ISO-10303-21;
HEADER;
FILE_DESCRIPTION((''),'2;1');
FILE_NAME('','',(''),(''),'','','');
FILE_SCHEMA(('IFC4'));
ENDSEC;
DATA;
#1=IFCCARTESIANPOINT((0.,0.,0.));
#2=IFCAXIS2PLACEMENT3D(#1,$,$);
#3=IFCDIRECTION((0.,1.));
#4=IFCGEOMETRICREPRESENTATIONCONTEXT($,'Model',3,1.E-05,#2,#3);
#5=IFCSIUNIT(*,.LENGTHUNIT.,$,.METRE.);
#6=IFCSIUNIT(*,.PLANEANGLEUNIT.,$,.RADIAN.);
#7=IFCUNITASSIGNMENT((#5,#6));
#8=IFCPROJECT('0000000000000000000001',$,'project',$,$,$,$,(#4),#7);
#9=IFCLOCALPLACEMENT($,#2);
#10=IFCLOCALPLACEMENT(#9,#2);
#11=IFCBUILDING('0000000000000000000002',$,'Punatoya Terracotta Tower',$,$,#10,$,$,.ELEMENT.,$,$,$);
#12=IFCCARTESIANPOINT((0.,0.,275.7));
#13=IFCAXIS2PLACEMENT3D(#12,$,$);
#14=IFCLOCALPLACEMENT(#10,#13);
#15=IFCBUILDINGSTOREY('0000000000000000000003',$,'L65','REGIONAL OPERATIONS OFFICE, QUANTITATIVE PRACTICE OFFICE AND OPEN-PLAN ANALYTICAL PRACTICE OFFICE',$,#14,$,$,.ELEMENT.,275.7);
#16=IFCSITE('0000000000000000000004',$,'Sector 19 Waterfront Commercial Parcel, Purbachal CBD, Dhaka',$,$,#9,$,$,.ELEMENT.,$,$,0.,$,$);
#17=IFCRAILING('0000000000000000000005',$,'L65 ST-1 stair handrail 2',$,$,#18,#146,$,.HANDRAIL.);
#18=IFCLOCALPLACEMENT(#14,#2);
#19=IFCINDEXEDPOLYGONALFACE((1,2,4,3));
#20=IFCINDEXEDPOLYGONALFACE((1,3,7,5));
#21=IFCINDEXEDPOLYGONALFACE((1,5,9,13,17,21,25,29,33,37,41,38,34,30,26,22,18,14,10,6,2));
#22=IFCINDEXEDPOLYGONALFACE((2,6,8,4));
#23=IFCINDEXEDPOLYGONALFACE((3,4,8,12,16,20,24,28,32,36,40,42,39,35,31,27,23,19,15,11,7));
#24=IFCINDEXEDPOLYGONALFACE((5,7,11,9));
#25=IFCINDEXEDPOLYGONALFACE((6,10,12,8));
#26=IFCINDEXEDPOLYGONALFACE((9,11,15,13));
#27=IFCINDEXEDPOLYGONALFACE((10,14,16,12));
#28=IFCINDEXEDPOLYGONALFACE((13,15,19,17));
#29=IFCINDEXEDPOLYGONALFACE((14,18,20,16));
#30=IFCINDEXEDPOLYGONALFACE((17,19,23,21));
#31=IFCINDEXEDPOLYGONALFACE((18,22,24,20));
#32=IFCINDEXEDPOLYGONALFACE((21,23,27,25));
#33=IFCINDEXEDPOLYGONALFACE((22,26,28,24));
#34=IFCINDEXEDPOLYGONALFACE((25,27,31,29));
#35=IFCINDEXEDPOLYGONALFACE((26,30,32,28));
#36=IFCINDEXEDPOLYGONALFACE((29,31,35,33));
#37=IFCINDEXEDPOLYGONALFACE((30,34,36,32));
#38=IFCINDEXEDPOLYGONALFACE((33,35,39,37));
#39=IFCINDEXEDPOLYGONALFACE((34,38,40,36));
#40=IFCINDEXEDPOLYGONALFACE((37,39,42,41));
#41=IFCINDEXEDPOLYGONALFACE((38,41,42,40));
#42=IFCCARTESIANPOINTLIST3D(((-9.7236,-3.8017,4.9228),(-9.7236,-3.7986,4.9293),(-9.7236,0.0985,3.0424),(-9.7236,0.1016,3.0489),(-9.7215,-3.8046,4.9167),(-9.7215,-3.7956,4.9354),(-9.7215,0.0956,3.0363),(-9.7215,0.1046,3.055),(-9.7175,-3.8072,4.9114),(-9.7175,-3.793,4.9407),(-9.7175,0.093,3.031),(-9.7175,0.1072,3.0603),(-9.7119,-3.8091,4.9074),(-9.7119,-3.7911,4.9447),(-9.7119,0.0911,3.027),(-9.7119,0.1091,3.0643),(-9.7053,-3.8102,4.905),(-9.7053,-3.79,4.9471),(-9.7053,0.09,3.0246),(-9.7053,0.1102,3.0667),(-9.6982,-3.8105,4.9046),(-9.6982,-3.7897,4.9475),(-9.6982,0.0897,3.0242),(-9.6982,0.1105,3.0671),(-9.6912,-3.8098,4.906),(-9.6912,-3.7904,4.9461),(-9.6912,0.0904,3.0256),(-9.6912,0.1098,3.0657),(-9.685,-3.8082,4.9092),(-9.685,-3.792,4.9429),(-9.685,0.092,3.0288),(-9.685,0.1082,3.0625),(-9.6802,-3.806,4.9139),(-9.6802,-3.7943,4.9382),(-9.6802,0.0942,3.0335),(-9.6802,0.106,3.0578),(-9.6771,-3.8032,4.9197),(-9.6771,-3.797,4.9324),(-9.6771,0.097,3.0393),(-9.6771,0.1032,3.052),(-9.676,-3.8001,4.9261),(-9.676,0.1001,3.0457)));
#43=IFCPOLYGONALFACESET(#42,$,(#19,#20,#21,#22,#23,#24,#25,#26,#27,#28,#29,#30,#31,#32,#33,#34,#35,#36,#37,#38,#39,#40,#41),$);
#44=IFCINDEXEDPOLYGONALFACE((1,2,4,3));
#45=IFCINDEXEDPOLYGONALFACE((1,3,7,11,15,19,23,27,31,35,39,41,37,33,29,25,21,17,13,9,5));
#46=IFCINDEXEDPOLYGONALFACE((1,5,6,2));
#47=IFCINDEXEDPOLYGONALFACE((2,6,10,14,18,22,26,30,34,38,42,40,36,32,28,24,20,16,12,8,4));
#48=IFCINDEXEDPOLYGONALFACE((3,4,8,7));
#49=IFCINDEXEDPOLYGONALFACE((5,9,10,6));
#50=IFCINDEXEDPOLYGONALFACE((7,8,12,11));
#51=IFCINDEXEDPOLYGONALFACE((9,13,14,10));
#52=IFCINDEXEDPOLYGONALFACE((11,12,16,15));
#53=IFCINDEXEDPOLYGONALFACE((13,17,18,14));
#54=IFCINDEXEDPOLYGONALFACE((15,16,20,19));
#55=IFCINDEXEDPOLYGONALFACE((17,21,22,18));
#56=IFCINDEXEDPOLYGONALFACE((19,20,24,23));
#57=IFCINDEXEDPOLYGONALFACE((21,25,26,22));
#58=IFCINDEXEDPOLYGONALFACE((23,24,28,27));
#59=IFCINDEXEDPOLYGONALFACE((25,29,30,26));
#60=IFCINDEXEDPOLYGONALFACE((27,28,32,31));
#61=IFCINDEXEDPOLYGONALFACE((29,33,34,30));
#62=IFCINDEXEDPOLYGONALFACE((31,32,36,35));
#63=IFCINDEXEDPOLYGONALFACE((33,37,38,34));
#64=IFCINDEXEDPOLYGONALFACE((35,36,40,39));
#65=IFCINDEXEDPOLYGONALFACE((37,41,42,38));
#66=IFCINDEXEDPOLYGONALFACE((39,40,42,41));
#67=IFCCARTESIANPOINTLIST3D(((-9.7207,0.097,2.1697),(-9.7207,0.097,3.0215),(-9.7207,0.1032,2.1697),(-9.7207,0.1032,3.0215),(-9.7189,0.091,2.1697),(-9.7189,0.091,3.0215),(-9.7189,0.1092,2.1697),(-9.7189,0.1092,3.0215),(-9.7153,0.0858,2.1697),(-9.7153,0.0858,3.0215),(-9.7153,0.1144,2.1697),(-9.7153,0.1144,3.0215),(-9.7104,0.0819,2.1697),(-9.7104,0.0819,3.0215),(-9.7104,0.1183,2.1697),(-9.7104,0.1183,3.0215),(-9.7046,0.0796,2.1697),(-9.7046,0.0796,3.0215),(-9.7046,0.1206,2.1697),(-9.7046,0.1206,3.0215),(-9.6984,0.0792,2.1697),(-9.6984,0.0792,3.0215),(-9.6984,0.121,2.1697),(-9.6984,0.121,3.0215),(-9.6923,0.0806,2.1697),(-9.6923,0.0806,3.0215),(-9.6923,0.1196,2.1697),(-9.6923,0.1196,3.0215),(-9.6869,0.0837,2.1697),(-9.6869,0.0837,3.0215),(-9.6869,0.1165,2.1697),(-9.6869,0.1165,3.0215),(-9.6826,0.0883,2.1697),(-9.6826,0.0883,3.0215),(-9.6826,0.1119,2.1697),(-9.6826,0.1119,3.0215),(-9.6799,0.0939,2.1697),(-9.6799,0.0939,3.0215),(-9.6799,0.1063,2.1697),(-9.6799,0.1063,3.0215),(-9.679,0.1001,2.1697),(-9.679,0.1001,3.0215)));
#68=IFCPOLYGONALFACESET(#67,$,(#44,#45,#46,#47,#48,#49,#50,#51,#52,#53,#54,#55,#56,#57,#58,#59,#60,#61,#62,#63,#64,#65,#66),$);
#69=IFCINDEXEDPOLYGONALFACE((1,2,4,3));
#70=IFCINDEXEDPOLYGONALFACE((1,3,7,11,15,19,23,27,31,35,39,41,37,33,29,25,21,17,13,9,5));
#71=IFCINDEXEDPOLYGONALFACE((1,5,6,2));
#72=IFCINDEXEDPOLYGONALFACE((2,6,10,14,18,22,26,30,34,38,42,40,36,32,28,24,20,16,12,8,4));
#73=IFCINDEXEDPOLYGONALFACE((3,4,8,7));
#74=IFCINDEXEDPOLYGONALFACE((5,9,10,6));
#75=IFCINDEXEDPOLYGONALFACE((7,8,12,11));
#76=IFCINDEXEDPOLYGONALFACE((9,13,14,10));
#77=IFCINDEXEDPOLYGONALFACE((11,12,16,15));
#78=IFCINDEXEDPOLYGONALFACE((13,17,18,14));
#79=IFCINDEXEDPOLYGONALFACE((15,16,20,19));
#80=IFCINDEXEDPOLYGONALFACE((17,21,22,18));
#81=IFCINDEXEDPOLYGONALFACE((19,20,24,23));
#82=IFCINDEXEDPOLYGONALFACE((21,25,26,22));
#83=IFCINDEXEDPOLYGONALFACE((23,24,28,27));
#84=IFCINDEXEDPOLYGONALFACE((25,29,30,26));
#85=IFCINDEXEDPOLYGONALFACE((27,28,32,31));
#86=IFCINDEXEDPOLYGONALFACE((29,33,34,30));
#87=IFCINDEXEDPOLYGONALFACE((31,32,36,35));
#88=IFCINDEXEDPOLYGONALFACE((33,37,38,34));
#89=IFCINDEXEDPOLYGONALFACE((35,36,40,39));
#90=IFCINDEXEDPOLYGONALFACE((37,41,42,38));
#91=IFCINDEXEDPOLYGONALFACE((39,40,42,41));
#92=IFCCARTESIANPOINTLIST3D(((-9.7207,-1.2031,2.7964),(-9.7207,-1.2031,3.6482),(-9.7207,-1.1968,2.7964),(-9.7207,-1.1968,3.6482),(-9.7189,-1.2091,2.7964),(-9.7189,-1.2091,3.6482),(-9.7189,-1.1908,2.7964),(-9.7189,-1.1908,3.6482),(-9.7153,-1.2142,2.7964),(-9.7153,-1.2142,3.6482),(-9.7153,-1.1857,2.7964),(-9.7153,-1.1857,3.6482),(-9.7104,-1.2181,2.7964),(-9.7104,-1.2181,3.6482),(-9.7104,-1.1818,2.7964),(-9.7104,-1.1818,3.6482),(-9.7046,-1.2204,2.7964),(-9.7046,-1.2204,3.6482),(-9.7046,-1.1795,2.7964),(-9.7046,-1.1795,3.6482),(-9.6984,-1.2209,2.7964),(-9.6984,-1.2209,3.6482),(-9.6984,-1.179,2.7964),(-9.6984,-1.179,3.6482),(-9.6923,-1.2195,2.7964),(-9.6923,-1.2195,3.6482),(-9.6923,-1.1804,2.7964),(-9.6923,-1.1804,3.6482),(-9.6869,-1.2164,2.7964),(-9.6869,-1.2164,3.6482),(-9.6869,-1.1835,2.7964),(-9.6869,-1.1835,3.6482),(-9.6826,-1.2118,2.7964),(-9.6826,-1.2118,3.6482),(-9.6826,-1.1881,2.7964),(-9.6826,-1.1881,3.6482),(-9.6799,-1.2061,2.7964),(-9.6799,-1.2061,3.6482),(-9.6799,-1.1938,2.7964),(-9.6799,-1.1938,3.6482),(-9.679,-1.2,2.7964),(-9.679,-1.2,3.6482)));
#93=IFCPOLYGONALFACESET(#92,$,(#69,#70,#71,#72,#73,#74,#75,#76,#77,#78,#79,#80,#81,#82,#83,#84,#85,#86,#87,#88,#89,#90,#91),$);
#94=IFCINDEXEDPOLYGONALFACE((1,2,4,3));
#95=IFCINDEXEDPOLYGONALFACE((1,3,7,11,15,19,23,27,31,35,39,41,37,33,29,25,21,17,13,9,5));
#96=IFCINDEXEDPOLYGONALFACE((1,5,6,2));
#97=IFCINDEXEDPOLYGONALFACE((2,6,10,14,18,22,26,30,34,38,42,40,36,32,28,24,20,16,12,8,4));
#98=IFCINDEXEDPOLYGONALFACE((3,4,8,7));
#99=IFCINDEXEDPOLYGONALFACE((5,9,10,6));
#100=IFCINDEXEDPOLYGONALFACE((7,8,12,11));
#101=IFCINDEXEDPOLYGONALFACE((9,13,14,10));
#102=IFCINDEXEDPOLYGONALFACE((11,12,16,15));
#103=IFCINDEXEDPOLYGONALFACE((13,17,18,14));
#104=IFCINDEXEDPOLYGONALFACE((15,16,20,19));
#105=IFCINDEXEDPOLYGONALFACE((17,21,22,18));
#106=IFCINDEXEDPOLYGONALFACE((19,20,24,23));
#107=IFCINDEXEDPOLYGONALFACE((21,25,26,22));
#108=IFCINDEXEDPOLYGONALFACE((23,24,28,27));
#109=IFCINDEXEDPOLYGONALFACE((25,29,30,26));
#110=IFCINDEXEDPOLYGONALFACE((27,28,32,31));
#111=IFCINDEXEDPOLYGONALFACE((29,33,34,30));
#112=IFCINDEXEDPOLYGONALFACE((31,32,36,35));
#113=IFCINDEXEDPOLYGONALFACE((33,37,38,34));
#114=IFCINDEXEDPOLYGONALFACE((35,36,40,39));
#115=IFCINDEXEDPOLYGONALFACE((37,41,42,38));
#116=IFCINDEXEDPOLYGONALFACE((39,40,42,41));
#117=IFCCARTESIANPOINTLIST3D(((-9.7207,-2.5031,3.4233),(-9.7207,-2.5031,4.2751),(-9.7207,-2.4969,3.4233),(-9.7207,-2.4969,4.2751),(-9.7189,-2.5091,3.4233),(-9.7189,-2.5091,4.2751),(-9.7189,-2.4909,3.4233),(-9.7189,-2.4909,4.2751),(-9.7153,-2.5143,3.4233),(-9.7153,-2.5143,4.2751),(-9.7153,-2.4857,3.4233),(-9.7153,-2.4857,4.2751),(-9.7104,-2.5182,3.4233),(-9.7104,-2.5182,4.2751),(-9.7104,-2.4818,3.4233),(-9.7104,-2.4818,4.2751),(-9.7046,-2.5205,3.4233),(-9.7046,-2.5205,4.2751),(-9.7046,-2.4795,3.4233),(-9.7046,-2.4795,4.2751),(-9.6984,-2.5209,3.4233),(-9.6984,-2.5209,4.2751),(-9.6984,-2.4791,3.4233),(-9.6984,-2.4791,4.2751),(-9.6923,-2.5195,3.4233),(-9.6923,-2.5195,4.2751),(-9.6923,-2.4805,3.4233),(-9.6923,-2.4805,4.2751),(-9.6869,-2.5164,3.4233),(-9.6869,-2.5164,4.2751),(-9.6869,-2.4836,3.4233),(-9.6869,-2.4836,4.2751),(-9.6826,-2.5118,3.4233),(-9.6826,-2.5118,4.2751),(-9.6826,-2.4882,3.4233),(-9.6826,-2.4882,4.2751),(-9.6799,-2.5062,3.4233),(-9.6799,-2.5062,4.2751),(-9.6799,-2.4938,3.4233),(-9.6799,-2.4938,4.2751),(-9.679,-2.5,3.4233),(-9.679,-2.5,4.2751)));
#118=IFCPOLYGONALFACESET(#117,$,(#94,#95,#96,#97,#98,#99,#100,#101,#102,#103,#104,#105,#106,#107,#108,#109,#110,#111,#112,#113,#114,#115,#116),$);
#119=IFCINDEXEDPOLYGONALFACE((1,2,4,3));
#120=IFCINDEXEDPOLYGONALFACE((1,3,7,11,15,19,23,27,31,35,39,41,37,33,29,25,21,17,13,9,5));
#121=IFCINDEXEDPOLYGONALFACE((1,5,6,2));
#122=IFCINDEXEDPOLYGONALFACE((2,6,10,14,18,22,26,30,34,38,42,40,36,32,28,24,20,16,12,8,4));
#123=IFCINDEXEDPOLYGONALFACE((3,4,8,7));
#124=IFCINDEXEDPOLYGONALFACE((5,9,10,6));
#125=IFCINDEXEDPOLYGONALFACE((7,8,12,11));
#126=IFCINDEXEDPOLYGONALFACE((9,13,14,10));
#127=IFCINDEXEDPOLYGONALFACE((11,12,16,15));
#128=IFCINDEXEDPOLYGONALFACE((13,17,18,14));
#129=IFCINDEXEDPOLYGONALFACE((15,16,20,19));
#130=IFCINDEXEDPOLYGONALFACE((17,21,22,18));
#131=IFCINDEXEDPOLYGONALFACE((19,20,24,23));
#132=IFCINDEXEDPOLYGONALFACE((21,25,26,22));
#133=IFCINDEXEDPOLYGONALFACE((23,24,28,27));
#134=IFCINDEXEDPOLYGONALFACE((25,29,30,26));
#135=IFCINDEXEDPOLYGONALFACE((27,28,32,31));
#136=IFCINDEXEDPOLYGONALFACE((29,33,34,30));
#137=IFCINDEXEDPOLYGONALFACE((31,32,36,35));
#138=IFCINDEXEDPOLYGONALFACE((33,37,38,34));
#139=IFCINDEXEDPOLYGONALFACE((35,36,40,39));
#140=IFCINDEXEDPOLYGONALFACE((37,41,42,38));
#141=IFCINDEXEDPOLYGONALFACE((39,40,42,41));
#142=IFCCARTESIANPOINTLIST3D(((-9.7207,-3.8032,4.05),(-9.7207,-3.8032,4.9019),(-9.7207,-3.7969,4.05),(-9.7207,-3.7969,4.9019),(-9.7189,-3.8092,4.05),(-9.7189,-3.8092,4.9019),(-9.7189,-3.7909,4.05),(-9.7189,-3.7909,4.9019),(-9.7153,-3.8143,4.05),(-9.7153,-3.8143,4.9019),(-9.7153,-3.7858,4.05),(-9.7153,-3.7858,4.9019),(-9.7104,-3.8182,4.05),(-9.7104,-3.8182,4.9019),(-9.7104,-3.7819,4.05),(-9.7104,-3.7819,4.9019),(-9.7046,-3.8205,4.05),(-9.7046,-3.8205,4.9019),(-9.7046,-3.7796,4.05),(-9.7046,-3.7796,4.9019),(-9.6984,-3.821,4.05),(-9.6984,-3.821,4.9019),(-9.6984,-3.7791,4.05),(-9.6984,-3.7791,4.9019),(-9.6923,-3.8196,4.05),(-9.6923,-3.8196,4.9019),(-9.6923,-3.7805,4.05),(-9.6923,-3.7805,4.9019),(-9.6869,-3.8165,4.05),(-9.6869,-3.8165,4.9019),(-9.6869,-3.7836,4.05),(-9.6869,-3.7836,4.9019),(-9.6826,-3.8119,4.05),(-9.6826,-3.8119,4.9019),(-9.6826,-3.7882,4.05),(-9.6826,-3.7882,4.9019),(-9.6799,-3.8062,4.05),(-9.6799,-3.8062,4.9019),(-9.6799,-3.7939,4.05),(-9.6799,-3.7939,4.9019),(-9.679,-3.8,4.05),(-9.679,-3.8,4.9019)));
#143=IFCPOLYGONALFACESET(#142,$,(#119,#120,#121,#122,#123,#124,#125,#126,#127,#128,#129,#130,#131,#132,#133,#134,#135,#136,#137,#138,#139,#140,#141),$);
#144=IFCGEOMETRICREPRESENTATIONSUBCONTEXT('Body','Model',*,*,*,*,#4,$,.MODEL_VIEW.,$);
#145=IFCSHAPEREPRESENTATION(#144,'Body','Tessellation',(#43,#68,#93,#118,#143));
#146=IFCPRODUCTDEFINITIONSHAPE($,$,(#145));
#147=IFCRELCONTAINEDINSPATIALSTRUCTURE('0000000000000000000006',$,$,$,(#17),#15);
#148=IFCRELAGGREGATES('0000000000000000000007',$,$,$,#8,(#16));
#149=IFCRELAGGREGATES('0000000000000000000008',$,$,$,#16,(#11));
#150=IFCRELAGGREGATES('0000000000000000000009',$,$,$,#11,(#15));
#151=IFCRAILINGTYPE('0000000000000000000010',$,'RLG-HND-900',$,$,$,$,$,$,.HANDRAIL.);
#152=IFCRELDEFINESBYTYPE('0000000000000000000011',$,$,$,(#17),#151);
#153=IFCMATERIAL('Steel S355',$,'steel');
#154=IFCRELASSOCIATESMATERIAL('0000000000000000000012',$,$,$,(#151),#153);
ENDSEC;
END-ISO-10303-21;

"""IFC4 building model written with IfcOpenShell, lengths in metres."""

from ifc_helpers import new_model, si_unit, direction, frame, origin, origin_2d, place, context, subcontext, project, spatial, circle, extrude, material, type_object, element, save


model = new_model("IFC4")

# Units and contexts
model_context = context("Model", 3, precision=1e-05, world=origin(), true_north=direction((0.0, 1.0)))
body_context = subcontext(model_context, "Body", "Model", "MODEL_VIEW")
ifc_project = project(units=[si_unit("LENGTHUNIT", "METRE"), si_unit("PLANEANGLEUNIT", "RADIAN")], contexts=[model_context])

# Site, building, storey
site_placement = place(None, origin())
site = spatial("IfcSite", under=ifc_project, at=site_placement, Name="Sector 19 Waterfront Commercial Parcel, Purbachal CBD, Dhaka", CompositionType="ELEMENT", RefElevation=0.0)
building_placement = place(site_placement, origin())
building = spatial("IfcBuilding", under=site, at=building_placement, Name="Punatoya Terracotta Tower", CompositionType="ELEMENT")
storey_placement = place(building_placement, frame((0.0, 0.0, 275.7)))
storey = spatial("IfcBuildingStorey", under=building, at=storey_placement, Name="L65", Description="REGIONAL OPERATIONS OFFICE, QUANTITATIVE PRACTICE OFFICE AND OPEN-PLAN ANALYTICAL PRACTICE OFFICE", CompositionType="ELEMENT", Elevation=275.7)

# Shared definitions
ifc_material_1 = material(Name="Steel S355", Category="steel")

# Railing
railing_type_1 = type_object("IfcRailingType", Name="RLG-HND-900", PredefinedType="HANDRAIL", material=ifc_material_1)
railing_1_placement = place(storey_placement, frame((-9.7, 0.1001, 2.1697)))
element("IfcRailing", 1, at=railing_1_placement, inside=storey, type_object=railing_type_1, Name="L65 ST-1 stair handrail 2", PredefinedType="HANDRAIL", context=body_context, shape_type="SweptSolid", body=[
    extrude(circle(Radius=0.0239, at=origin_2d()), frame((0.0, 0.0, 0.876), z_axis=(0.0, -0.900774, 0.434289), x_axis=(1.0, 0.0, 0.0)), (0.0, 0.0, 1.0), 4.3298),
    extrude(circle(Radius=0.021, at=origin_2d()), origin(), (0.0, 0.0, 1.0), 0.8518),
    extrude(circle(Radius=0.021, at=origin_2d()), frame((0.0, -1.3, 0.6267)), (0.0, 0.0, 1.0), 0.8518),
    extrude(circle(Radius=0.021, at=origin_2d()), frame((0.0, -2.6001, 1.2537)), (0.0, 0.0, 1.0), 0.8518),
    extrude(circle(Radius=0.021, at=origin_2d()), frame((0.0, -3.9001, 1.8804)), (0.0, 0.0, 1.0), 0.8518),
])

save(model, "model.ifc")
